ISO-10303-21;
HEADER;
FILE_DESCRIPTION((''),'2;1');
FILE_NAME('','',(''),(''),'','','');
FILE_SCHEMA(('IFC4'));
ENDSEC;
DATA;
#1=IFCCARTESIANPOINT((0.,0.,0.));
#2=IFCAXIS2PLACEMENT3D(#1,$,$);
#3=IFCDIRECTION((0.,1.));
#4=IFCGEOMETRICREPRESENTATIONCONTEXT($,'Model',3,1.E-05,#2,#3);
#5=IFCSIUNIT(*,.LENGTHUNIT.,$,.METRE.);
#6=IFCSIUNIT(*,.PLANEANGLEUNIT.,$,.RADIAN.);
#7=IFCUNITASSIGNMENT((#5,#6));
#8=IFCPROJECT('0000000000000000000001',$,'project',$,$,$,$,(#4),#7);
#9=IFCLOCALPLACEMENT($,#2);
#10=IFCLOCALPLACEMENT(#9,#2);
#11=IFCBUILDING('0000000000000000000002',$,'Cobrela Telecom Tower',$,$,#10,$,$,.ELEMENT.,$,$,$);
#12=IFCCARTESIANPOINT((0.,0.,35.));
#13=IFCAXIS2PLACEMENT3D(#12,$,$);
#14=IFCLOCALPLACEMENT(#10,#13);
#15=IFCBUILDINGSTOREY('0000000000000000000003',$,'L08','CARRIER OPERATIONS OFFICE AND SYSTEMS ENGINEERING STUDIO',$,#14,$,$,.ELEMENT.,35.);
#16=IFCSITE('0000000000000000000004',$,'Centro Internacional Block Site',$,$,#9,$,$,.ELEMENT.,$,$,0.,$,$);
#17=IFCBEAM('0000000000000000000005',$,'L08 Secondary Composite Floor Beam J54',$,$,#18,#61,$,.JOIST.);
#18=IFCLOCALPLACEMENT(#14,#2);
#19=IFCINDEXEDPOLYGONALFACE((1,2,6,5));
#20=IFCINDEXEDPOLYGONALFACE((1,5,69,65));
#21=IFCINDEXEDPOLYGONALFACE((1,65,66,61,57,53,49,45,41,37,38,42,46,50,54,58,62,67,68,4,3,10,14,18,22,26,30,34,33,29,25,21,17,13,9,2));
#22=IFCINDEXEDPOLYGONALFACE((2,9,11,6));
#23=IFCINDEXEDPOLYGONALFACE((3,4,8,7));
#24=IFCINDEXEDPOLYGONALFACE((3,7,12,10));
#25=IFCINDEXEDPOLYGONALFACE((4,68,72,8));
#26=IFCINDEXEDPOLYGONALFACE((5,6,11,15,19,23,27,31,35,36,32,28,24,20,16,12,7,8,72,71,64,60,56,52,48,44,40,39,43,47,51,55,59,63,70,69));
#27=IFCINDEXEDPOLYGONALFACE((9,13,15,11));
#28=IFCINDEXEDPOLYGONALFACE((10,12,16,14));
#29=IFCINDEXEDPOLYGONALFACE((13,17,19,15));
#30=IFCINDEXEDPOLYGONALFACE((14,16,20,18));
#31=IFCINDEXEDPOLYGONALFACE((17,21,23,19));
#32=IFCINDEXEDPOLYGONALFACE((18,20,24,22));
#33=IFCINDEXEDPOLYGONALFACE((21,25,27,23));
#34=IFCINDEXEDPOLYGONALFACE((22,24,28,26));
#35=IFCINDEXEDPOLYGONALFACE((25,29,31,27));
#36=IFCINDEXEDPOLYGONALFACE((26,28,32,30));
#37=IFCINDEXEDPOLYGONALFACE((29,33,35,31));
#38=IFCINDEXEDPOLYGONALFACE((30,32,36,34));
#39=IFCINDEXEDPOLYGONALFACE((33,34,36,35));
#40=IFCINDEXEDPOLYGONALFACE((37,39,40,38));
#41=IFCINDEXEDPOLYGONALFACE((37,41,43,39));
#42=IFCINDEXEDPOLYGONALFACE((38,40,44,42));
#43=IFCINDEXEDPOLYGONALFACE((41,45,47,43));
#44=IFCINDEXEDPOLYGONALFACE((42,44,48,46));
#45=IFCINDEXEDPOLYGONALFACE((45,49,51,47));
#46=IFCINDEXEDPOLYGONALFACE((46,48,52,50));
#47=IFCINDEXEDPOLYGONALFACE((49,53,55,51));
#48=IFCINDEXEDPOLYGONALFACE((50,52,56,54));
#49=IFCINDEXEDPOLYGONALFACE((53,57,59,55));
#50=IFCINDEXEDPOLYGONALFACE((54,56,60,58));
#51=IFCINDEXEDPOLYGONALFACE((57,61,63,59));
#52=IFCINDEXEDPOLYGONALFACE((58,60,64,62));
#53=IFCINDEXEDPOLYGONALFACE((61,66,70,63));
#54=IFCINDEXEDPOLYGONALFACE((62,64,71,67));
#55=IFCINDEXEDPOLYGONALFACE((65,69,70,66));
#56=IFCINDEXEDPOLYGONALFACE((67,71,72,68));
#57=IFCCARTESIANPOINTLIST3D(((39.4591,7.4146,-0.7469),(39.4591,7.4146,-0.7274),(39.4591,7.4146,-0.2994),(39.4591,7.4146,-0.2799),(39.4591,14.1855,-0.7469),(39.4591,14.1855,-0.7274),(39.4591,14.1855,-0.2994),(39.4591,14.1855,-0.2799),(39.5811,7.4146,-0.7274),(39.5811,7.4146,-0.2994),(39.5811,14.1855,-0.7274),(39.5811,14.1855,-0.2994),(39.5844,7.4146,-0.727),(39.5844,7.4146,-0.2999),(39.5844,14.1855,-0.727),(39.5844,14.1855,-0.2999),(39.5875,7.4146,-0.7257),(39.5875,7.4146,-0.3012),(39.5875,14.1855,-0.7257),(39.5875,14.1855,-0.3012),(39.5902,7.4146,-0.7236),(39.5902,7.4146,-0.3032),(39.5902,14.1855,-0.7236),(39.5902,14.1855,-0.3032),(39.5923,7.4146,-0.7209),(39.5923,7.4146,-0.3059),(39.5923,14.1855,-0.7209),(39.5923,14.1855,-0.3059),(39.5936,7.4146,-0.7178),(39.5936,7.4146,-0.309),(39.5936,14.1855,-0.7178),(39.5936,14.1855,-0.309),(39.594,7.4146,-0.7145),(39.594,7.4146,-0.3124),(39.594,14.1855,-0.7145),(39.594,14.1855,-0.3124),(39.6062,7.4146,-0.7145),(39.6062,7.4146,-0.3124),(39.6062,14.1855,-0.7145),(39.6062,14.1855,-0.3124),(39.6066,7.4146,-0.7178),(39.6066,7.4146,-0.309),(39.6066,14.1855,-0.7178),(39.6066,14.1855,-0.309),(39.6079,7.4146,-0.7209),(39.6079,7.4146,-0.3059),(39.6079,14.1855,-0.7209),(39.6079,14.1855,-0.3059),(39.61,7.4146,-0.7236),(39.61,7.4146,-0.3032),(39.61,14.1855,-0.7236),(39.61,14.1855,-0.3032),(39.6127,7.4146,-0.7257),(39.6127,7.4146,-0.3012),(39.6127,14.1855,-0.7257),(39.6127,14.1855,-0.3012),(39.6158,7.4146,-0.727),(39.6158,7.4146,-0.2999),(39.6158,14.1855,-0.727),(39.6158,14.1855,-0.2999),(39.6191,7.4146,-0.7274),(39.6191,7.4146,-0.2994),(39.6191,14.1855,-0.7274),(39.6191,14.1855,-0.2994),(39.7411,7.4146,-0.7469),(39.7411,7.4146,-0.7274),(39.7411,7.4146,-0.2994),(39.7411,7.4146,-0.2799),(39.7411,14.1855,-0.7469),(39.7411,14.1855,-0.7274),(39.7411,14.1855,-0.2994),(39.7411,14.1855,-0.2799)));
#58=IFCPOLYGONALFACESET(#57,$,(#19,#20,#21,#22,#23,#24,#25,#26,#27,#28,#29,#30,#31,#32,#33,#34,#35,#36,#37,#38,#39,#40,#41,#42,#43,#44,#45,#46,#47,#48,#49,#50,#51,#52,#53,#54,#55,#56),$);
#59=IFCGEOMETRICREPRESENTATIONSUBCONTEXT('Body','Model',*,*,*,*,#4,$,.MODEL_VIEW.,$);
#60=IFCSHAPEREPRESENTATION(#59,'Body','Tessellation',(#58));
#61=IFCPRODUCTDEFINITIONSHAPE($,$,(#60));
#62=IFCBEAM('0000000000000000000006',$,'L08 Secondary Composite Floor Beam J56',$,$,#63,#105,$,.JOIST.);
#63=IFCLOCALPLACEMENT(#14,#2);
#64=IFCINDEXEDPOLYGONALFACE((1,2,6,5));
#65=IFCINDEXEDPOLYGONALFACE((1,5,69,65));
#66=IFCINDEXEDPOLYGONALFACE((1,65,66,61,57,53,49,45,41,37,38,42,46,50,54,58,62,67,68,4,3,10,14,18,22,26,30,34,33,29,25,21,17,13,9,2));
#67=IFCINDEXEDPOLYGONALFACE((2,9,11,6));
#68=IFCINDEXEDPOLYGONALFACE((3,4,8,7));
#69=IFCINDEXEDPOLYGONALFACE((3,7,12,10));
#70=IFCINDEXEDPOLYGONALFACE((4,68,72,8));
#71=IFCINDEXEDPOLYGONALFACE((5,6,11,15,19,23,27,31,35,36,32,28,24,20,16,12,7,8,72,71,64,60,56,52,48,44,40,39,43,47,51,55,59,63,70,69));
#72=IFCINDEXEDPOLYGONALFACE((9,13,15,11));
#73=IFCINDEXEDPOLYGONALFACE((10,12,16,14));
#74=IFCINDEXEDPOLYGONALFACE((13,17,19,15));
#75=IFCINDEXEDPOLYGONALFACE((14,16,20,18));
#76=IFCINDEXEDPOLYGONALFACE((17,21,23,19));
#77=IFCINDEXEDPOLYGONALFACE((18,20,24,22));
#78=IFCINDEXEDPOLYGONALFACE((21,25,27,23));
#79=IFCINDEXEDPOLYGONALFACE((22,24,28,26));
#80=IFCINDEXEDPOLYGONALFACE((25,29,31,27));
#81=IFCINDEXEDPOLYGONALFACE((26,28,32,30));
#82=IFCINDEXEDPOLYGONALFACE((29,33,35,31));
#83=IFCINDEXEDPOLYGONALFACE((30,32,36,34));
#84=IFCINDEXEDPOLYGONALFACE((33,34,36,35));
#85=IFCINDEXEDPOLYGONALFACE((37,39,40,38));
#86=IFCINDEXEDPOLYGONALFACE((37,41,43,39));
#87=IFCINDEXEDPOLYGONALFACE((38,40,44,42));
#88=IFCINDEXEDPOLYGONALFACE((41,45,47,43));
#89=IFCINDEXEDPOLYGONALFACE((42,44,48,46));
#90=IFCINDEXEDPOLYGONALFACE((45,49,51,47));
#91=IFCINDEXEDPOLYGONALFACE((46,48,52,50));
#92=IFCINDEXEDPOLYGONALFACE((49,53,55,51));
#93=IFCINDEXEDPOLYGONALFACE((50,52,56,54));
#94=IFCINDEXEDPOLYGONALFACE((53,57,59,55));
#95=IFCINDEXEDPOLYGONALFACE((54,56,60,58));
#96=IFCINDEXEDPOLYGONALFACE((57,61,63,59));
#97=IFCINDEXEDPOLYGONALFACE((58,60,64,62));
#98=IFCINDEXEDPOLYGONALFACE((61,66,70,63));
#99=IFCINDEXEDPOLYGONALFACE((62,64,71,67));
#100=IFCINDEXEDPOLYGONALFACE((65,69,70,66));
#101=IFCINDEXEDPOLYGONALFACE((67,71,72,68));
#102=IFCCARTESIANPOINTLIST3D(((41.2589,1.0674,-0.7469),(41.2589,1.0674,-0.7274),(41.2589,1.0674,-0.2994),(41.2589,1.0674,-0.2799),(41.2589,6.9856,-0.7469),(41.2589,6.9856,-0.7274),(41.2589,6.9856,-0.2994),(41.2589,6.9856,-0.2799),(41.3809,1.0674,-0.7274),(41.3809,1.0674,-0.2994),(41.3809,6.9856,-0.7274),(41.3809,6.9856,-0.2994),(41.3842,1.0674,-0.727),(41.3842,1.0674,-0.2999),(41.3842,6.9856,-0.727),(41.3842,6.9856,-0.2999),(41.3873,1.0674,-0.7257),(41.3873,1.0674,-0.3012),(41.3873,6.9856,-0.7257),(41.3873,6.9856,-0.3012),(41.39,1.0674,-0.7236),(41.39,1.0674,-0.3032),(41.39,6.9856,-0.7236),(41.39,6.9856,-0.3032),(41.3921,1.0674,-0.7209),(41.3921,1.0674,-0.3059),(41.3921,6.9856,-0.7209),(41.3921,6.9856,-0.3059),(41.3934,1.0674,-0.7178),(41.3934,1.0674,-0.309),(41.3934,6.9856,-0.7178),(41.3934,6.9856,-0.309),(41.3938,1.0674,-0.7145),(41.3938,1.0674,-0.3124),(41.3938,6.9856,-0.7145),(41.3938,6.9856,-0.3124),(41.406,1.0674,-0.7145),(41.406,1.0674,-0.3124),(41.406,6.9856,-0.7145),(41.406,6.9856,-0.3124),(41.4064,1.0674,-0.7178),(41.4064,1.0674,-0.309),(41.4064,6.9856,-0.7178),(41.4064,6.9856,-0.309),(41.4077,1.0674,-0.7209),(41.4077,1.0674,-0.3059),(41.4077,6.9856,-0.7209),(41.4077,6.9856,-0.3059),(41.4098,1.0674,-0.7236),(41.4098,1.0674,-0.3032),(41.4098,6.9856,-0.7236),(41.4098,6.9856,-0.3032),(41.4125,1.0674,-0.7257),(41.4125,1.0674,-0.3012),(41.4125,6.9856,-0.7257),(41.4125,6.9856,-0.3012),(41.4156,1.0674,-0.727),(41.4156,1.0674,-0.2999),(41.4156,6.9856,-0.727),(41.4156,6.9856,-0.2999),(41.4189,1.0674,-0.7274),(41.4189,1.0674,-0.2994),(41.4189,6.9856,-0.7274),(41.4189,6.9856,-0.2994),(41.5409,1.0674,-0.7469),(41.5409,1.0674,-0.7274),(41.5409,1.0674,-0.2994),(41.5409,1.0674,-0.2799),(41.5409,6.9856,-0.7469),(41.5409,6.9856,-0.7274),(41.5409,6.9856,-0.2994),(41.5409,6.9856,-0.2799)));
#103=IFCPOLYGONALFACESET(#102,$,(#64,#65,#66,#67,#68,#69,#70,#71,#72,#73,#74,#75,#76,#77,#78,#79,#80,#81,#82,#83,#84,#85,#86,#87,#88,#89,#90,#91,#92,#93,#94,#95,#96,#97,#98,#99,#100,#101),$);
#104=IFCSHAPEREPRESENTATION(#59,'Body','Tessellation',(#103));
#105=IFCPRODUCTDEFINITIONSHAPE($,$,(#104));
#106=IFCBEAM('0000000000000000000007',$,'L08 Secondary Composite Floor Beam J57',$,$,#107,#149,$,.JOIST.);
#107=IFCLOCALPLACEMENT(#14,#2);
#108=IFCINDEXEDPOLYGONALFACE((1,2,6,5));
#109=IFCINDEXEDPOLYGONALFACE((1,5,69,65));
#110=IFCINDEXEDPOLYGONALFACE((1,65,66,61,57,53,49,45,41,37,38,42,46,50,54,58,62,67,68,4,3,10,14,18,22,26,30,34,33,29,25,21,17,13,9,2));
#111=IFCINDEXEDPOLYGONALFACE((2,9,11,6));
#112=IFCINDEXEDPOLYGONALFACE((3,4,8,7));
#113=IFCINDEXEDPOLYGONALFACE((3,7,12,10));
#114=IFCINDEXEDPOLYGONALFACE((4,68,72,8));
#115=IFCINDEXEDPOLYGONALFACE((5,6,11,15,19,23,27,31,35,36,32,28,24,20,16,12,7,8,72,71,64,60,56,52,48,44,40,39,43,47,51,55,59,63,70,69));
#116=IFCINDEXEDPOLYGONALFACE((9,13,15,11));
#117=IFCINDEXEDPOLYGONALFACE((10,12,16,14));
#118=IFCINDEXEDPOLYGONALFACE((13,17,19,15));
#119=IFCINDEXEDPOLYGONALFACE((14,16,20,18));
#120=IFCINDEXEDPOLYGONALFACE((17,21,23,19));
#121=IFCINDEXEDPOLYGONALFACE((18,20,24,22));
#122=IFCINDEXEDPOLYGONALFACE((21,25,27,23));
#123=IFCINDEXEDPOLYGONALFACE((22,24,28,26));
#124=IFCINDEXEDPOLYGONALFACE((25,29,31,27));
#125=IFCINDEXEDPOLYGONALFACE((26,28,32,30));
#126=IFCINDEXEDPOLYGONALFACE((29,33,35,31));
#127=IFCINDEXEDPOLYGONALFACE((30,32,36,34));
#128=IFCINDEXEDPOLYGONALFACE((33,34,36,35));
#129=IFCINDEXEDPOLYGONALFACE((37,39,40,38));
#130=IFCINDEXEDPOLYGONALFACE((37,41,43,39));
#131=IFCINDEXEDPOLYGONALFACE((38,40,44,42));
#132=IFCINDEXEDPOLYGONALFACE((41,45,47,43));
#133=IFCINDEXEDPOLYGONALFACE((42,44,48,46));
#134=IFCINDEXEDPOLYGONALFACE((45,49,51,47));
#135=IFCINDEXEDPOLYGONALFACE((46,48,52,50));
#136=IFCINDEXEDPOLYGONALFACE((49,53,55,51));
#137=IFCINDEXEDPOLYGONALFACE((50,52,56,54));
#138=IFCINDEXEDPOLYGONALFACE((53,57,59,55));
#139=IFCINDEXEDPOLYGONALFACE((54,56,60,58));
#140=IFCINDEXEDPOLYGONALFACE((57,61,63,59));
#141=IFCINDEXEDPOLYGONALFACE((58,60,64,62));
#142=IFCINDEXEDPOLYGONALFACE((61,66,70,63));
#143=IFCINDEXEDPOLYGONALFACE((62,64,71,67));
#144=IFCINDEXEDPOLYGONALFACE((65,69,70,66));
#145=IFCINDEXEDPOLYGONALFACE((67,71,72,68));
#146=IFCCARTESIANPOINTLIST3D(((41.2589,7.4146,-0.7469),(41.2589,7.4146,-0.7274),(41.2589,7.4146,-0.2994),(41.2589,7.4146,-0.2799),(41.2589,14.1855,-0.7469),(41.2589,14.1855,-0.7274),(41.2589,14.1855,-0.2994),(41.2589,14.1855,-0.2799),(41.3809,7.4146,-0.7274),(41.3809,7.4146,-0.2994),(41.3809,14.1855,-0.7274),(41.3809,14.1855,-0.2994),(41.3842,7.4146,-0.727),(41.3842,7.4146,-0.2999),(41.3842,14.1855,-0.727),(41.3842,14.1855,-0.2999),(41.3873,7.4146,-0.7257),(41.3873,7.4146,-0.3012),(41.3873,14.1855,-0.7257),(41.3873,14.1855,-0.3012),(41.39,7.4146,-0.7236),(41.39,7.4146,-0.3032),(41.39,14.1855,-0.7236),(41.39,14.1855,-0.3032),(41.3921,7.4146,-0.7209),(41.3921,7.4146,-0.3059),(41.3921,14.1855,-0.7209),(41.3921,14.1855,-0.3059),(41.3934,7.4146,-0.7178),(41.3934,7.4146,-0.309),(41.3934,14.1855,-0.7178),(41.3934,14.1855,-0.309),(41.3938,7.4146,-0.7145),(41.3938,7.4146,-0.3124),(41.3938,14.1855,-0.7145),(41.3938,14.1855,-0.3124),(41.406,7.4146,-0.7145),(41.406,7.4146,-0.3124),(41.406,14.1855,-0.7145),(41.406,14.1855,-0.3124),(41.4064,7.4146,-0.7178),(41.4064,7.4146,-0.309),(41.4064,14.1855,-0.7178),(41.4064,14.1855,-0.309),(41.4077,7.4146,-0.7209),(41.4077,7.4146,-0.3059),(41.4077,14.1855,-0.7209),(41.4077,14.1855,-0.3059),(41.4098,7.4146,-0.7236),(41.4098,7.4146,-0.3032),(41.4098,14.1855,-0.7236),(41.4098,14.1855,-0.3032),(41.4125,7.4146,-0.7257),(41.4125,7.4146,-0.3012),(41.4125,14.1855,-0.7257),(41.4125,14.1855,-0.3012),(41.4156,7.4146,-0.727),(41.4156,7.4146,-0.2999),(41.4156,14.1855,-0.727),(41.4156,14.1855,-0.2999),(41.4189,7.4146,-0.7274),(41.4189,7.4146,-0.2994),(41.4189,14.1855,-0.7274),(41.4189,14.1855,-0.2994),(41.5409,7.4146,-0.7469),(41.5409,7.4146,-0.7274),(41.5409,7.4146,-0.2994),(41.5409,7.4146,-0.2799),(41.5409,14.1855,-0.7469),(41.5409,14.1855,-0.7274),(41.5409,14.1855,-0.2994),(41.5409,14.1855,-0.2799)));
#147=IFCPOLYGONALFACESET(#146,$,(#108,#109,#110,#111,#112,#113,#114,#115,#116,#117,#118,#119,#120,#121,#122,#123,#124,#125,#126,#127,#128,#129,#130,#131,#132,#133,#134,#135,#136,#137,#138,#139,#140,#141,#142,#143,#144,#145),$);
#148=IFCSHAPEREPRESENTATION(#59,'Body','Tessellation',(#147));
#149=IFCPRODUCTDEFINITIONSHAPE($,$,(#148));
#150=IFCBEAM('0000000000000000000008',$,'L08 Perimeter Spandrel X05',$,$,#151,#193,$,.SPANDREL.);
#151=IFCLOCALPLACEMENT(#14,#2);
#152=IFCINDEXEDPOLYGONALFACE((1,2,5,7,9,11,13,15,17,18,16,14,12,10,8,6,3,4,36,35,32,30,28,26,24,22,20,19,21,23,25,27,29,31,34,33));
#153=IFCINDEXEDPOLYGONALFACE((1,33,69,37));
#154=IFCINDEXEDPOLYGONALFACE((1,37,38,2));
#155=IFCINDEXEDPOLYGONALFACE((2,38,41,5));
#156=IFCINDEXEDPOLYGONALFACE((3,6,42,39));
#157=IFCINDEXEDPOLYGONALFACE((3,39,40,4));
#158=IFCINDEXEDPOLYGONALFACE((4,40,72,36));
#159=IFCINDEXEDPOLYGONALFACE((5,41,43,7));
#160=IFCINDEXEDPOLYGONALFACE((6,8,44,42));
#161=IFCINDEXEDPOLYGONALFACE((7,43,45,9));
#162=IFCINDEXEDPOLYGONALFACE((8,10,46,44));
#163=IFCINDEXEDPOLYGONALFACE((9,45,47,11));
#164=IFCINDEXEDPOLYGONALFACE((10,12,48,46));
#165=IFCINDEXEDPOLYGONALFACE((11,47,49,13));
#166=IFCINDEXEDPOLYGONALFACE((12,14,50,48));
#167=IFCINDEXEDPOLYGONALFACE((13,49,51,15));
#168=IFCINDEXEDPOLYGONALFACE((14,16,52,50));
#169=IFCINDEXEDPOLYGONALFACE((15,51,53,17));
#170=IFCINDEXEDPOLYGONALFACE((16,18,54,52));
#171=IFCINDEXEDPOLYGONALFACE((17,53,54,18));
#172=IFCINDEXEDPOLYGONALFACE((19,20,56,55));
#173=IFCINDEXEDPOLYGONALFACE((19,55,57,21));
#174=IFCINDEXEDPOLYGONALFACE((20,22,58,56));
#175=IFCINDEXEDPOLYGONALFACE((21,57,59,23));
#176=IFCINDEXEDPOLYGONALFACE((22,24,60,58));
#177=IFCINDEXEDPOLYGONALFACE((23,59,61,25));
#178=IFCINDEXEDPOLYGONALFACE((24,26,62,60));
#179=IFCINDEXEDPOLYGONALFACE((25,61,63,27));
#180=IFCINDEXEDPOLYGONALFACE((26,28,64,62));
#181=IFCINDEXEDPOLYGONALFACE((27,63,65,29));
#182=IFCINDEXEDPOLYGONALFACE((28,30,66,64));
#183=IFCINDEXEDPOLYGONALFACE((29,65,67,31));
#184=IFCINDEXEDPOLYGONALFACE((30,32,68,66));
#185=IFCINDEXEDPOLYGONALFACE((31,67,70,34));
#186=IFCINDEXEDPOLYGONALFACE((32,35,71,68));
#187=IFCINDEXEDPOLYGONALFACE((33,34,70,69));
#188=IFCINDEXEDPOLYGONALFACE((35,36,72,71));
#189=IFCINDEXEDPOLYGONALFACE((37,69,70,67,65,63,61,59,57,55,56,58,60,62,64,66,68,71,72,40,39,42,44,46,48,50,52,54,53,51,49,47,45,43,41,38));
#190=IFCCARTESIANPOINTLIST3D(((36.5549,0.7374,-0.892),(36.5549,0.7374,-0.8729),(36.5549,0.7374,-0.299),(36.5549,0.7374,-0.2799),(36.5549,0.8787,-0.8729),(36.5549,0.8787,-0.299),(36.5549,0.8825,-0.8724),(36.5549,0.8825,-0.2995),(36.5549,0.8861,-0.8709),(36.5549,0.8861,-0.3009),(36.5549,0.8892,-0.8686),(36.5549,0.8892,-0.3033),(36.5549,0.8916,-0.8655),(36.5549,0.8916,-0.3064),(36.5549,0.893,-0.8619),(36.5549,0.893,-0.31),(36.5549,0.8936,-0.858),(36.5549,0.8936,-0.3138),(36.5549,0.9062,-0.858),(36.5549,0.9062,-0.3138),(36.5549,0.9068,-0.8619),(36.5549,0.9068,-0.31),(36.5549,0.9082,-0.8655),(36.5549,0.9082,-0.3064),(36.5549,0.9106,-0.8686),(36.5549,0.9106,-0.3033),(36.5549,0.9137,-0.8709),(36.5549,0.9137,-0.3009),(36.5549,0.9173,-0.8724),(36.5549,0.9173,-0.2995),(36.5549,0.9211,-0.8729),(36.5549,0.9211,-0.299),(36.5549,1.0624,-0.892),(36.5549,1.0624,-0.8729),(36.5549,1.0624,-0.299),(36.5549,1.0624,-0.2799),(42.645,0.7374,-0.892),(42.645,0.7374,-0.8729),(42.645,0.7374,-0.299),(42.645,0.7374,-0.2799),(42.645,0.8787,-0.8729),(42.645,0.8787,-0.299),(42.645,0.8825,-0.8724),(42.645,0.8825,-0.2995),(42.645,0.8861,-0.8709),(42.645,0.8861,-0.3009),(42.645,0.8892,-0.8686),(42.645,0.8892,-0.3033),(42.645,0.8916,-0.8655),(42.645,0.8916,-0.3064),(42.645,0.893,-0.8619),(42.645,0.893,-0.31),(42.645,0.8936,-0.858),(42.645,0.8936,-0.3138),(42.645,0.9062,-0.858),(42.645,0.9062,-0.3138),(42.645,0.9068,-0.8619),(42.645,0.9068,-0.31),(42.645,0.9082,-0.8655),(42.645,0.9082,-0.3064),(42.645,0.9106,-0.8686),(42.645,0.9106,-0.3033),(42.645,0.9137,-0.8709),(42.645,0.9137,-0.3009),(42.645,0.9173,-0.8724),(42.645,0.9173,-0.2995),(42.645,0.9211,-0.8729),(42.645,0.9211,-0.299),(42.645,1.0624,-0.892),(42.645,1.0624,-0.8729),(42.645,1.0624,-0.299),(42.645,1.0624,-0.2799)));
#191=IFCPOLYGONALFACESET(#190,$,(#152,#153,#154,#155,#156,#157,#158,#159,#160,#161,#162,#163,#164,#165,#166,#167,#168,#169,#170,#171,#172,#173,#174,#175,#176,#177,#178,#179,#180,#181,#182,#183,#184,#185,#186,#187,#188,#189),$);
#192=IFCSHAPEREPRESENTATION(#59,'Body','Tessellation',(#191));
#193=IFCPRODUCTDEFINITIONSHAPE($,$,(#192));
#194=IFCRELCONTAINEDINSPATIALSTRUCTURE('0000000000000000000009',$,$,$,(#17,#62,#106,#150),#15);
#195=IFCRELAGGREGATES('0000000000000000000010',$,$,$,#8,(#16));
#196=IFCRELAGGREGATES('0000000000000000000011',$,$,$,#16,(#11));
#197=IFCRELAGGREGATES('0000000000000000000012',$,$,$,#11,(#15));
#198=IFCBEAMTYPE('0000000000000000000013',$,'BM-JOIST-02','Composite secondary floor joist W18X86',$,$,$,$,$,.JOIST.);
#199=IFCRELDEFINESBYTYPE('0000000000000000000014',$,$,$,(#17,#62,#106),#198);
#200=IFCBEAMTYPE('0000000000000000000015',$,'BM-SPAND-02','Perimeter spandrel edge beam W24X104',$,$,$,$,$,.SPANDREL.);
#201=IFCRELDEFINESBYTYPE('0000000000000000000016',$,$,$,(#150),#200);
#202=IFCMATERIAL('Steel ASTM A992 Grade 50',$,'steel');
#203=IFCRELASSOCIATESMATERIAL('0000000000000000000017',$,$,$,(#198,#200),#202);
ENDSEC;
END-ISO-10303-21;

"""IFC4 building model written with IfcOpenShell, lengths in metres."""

from ifc_helpers import new_model, si_unit, direction, frame, origin, origin_2d, place, context, subcontext, project, spatial, i_section, extrude, material, material_profile, profile_set, type_object, element, save


model = new_model("IFC4")

# Units and contexts
model_context = context("Model", 3, precision=1e-05, world=origin(), true_north=direction((0.0, 1.0)))
body_context = subcontext(model_context, "Body", "Model", "MODEL_VIEW")
ifc_project = project(units=[si_unit("LENGTHUNIT", "METRE"), si_unit("PLANEANGLEUNIT", "RADIAN")], contexts=[model_context])

# Site, building, storey
site_placement = place(None, origin())
site = spatial("IfcSite", under=ifc_project, at=site_placement, Name="Centro Internacional Block Site", CompositionType="ELEMENT", RefElevation=0.0)
building_placement = place(site_placement, origin())
building = spatial("IfcBuilding", under=site, at=building_placement, Name="Cobrela Telecom Tower", CompositionType="ELEMENT")
storey_placement = place(building_placement, frame((0.0, 0.0, 35.0)))
storey = spatial("IfcBuildingStorey", under=building, at=storey_placement, Name="L08", Description="CARRIER OPERATIONS OFFICE AND SYSTEMS ENGINEERING STUDIO", CompositionType="ELEMENT", Elevation=35.0)

# Shared definitions
ifc_material_1 = material(Name="Steel ASTM A992 Grade 50", Category="steel")

# Beams
ifc_material_profile_1 = material_profile(ifc_material_1, i_section(OverallWidth=0.282, OverallDepth=0.467, WebThickness=0.0122, FlangeThickness=0.0195, FilletRadius=0.0129, at=origin_2d()), Name="W18X86")
ifc_profile_set_1 = profile_set([ifc_material_profile_1], Name="Steel ASTM A992 Grade 50")
beam_type_1 = type_object("IfcBeamType", Name="BM-JOIST-02", Description="Composite secondary floor joist W18X86", PredefinedType="JOIST", material=ifc_profile_set_1)
beam_1_placement = place(storey_placement, frame((39.6001, 7.4146, -0.5134), z_axis=(0.0, 1.0, 0.0), x_axis=(-1.0, 0.0, 0.0)))
element("IfcBeam", 1, at=beam_1_placement, inside=storey, type_object=beam_type_1, Name="L08 Secondary Composite Floor Beam J54", PredefinedType="JOIST", context=body_context, shape_type="SweptSolid", body=[
    extrude(i_section(OverallWidth=0.282, OverallDepth=0.467, WebThickness=0.0122, FlangeThickness=0.0195, FilletRadius=0.0129, at=origin_2d()), origin(), (0.0, 0.0, 1.0), 6.771),
])
beam_2_placement = place(storey_placement, frame((41.3999, 1.0674, -0.5134), z_axis=(0.0, 1.0, 0.0), x_axis=(-1.0, 0.0, 0.0)))
element("IfcBeam", 2, at=beam_2_placement, inside=storey, type_object=beam_type_1, Name="L08 Secondary Composite Floor Beam J56", PredefinedType="JOIST", context=body_context, shape_type="SweptSolid", body=[
    extrude(i_section(OverallWidth=0.282, OverallDepth=0.467, WebThickness=0.0122, FlangeThickness=0.0195, FilletRadius=0.0129, at=origin_2d()), origin(), (0.0, 0.0, 1.0), 5.9182),
])
beam_3_placement = place(storey_placement, frame((41.3999, 7.4146, -0.5134), z_axis=(0.0, 1.0, 0.0), x_axis=(-1.0, 0.0, 0.0)))
element("IfcBeam", 3, at=beam_3_placement, inside=storey, type_object=beam_type_1, Name="L08 Secondary Composite Floor Beam J57", PredefinedType="JOIST", context=body_context, shape_type="SweptSolid", body=[
    extrude(i_section(OverallWidth=0.282, OverallDepth=0.467, WebThickness=0.0122, FlangeThickness=0.0195, FilletRadius=0.0129, at=origin_2d()), origin(), (0.0, 0.0, 1.0), 6.771),
])
ifc_material_profile_2 = material_profile(ifc_material_1, i_section(OverallWidth=0.325, OverallDepth=0.6121, WebThickness=0.0127, FlangeThickness=0.019, FilletRadius=0.0149, at=origin_2d()), Name="W24X104")
ifc_profile_set_2 = profile_set([ifc_material_profile_2], Name="Steel ASTM A992 Grade 50")
beam_type_2 = type_object("IfcBeamType", Name="BM-SPAND-02", Description="Perimeter spandrel edge beam W24X104", PredefinedType="SPANDREL", material=ifc_profile_set_2)
beam_4_placement = place(storey_placement, frame((36.5549, 0.8999, -0.5859), z_axis=(1.0, 0.0, 0.0), x_axis=(0.0, 1.0, 0.0)))
element("IfcBeam", 4, at=beam_4_placement, inside=storey, type_object=beam_type_2, Name="L08 Perimeter Spandrel X05", PredefinedType="SPANDREL", context=body_context, shape_type="SweptSolid", body=[
    extrude(i_section(OverallWidth=0.325, OverallDepth=0.6121, WebThickness=0.0127, FlangeThickness=0.019, FilletRadius=0.0149, at=origin_2d()), origin(), (0.0, 0.0, 1.0), 6.0901),
])

save(model, "model.ifc")
